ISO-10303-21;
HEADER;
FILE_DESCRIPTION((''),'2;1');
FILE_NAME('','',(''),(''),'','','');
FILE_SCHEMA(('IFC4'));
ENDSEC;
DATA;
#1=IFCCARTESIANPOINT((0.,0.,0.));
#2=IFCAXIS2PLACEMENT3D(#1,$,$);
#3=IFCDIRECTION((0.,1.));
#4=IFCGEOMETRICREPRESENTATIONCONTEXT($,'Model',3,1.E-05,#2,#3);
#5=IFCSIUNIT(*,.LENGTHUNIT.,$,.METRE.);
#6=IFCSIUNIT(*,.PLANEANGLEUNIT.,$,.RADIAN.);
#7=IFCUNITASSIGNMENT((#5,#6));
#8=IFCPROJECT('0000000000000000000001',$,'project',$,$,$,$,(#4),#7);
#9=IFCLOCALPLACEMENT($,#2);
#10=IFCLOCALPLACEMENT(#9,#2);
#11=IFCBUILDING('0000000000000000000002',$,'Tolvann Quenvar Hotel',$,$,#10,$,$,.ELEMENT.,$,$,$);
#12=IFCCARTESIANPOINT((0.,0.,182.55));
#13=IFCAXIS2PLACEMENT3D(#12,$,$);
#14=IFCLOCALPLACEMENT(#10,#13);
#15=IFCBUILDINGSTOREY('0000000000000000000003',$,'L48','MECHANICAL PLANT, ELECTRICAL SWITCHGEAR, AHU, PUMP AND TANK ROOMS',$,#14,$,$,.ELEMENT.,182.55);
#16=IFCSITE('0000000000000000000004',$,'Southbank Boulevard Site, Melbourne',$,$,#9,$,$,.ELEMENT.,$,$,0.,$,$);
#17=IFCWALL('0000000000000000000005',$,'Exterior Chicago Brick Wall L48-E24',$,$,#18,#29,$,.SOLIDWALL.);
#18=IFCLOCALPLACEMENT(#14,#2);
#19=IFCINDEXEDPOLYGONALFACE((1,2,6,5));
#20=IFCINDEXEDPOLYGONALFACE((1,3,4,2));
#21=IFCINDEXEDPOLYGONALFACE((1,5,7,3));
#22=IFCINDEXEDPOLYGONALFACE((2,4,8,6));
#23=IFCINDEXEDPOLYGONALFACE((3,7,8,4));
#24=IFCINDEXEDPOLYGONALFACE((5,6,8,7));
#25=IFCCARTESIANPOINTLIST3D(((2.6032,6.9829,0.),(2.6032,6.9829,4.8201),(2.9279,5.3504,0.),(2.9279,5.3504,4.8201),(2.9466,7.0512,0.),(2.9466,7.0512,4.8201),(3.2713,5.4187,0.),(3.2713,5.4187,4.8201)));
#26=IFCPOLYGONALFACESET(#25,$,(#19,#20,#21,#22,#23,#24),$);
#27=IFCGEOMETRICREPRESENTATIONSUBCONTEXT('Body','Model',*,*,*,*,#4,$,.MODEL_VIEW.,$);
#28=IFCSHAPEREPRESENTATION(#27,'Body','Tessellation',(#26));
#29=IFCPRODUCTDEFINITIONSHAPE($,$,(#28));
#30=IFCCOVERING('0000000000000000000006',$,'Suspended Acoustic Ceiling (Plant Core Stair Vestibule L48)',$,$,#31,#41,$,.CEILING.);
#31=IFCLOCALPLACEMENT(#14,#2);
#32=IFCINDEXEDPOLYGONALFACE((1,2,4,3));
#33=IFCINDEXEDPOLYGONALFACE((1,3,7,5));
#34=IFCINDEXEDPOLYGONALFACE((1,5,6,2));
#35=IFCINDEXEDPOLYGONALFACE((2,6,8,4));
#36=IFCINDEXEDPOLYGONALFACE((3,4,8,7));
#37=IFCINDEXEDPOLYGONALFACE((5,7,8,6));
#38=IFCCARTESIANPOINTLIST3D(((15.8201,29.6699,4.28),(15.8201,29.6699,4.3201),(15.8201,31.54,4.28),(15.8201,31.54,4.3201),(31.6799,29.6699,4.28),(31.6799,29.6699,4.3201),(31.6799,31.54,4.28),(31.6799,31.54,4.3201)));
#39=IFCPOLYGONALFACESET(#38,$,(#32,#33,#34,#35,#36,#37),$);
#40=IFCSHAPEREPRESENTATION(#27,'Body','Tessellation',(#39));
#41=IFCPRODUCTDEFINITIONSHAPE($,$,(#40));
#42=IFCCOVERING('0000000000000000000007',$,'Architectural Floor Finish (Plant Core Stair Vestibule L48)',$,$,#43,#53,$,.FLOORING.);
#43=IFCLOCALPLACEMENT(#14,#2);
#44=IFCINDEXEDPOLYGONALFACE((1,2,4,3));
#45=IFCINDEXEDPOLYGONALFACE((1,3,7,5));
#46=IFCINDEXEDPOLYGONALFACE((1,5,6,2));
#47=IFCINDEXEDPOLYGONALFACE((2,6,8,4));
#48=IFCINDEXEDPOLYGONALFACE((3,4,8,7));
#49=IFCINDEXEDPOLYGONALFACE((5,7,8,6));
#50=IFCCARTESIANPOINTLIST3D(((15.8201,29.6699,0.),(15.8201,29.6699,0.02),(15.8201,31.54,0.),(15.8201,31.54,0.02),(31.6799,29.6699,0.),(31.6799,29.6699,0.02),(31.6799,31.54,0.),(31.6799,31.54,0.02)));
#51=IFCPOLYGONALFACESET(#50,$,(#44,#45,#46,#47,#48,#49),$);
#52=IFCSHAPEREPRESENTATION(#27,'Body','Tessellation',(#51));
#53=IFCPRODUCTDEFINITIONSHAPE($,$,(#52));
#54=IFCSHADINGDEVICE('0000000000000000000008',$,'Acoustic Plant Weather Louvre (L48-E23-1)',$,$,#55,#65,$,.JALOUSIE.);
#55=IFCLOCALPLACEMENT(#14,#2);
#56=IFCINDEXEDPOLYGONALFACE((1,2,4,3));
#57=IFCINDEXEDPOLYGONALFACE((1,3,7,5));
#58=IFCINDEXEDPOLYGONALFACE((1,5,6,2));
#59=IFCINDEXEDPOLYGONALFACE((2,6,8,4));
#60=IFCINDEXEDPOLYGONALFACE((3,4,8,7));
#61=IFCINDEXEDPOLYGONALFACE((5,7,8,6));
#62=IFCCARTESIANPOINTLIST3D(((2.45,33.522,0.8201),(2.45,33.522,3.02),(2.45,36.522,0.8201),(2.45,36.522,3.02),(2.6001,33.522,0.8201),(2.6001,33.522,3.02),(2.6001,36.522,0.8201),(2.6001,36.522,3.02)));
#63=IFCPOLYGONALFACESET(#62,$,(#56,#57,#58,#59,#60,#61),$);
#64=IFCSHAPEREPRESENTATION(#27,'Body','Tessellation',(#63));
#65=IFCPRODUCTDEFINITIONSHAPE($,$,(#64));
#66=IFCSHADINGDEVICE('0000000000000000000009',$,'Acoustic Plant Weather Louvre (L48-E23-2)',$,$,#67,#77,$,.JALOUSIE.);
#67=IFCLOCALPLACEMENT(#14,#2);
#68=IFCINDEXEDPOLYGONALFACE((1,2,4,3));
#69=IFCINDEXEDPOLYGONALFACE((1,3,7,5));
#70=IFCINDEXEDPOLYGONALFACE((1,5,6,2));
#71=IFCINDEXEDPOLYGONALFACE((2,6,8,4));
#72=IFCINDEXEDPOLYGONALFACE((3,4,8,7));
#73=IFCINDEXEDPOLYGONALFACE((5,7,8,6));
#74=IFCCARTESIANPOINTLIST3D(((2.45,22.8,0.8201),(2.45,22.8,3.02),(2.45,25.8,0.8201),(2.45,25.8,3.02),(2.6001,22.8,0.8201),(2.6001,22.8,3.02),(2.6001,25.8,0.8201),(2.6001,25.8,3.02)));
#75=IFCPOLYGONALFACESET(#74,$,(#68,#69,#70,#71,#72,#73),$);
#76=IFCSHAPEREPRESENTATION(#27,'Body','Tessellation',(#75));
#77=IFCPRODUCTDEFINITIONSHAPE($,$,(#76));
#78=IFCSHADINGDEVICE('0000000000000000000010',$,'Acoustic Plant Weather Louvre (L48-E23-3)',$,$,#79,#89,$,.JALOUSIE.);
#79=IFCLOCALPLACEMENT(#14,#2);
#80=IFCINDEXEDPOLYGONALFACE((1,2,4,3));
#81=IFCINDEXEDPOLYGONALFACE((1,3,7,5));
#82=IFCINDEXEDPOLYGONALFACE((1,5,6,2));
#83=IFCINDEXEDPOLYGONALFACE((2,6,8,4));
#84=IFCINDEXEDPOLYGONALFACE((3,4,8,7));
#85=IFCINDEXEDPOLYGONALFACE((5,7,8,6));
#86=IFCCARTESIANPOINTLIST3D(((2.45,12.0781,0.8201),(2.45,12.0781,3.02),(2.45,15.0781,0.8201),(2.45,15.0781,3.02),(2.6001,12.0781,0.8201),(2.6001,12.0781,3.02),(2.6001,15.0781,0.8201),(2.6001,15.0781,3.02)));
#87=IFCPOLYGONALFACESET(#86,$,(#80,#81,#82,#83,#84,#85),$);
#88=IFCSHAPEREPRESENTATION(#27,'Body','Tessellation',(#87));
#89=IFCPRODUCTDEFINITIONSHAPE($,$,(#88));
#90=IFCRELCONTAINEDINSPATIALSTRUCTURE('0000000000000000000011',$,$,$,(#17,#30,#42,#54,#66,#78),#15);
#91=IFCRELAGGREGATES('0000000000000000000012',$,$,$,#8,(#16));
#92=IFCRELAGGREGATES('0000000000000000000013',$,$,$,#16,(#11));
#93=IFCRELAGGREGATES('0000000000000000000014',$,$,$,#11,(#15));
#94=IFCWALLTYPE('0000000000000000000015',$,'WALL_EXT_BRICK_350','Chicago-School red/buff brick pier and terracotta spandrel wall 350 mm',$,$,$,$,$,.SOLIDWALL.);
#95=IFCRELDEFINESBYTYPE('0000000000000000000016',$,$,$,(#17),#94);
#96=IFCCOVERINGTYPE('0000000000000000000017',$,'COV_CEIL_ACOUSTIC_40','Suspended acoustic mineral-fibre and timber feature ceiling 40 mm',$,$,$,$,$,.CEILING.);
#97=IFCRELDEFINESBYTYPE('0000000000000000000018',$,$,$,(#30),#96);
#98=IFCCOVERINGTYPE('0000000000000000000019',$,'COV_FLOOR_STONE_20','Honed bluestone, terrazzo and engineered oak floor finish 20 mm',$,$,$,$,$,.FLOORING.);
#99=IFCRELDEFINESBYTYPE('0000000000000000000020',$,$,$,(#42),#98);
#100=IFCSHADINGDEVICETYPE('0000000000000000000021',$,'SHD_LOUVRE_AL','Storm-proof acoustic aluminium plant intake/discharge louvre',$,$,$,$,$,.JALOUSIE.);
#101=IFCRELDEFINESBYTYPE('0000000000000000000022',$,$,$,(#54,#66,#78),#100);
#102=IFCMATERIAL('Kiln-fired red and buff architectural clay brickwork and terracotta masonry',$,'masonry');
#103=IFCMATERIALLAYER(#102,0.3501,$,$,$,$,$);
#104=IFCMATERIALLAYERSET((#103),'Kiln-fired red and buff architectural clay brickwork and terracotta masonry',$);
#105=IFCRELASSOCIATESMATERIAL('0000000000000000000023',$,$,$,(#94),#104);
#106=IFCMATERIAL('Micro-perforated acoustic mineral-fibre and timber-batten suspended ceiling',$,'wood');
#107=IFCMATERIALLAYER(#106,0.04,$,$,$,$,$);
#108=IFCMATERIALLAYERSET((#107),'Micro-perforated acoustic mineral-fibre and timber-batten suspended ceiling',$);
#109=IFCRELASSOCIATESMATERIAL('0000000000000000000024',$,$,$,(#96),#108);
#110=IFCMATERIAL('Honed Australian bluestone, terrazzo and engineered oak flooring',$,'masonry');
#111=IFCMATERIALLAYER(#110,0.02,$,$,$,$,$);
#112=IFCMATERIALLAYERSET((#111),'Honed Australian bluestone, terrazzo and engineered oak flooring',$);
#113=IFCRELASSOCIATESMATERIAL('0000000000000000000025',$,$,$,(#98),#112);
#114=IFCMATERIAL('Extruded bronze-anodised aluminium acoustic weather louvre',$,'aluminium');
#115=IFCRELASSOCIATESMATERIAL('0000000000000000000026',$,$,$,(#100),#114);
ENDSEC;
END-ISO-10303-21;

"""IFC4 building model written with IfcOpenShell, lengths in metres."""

from ifc_helpers import new_model, si_unit, direction, frame, frame_2d, origin, place, context, subcontext, project, spatial, polyline, rectangle, outline, extrude, material, layer, layer_set, type_object, element, save


model = new_model("IFC4")

# Units and contexts
model_context = context("Model", 3, precision=1e-05, world=origin(), true_north=direction((0.0, 1.0)))
body_context = subcontext(model_context, "Body", "Model", "MODEL_VIEW")
ifc_project = project(units=[si_unit("LENGTHUNIT", "METRE"), si_unit("PLANEANGLEUNIT", "RADIAN")], contexts=[model_context])

# Site, building, storey
site_placement = place(None, origin())
site = spatial("IfcSite", under=ifc_project, at=site_placement, Name="Southbank Boulevard Site, Melbourne", CompositionType="ELEMENT", RefElevation=0.0)
building_placement = place(site_placement, origin())
building = spatial("IfcBuilding", under=site, at=building_placement, Name="Tolvann Quenvar Hotel", CompositionType="ELEMENT")
storey_placement = place(building_placement, frame((0.0, 0.0, 182.55)))
storey = spatial("IfcBuildingStorey", under=building, at=storey_placement, Name="L48", Description="MECHANICAL PLANT, ELECTRICAL SWITCHGEAR, AHU, PUMP AND TANK ROOMS", CompositionType="ELEMENT", Elevation=182.55)

# Wall
ifc_material_1 = material(Name="Kiln-fired red and buff architectural clay brickwork and terracotta masonry", Category="masonry")
ifc_layer_1 = layer(ifc_material_1, 0.3501)
ifc_layer_set_1 = layer_set([ifc_layer_1], Name="Kiln-fired red and buff architectural clay brickwork and terracotta masonry")
wall_type = type_object("IfcWallType", Name="WALL_EXT_BRICK_350", Description="Chicago-School red/buff brick pier and terracotta spandrel wall 350 mm", PredefinedType="SOLIDWALL", material=ifc_layer_set_1)
wall_1_placement = place(storey_placement, frame((2.7749, 7.0171, 0.0), z_axis=(0.0, 0.0, 1.0), x_axis=(0.195072, -0.980789, 0.0)))
element("IfcWall", 1, at=wall_1_placement, inside=storey, type_object=wall_type, Name="Exterior Chicago Brick Wall L48-E24", PredefinedType="SOLIDWALL", context=body_context, shape_type="SweptSolid", body=[
    extrude(rectangle(XDim=1.6646, YDim=0.3501, at=frame_2d((0.8323, 0.0))), origin(), (0.0, 0.0, 1.0), 4.8201),
])

# Coverings
ifc_material_2 = material(Name="Micro-perforated acoustic mineral-fibre and timber-batten suspended ceiling", Category="wood")
ifc_layer_2 = layer(ifc_material_2, 0.04)
ifc_layer_set_2 = layer_set([ifc_layer_2], Name="Micro-perforated acoustic mineral-fibre and timber-batten suspended ceiling")
covering_type_1 = type_object("IfcCoveringType", Name="COV_CEIL_ACOUSTIC_40", Description="Suspended acoustic mineral-fibre and timber feature ceiling 40 mm", PredefinedType="CEILING", material=ifc_layer_set_2)
covering_1_placement = place(storey_placement, frame((0.0, 0.0, 4.28)))
element("IfcCovering", 2, at=covering_1_placement, inside=storey, type_object=covering_type_1, Name="Suspended Acoustic Ceiling (Plant Core Stair Vestibule L48)", PredefinedType="CEILING", context=body_context, shape_type="SweptSolid", body=[
    extrude(outline(polyline([(15.8201, 29.6699), (31.6799, 29.6699), (31.6799, 31.54), (15.8201, 31.54), (15.8201, 29.6699)])), origin(), (0.0, 0.0, 1.0), 0.04),
])
ifc_material_3 = material(Name="Honed Australian bluestone, terrazzo and engineered oak flooring", Category="masonry")
ifc_layer_3 = layer(ifc_material_3, 0.02)
ifc_layer_set_3 = layer_set([ifc_layer_3], Name="Honed Australian bluestone, terrazzo and engineered oak flooring")
covering_type_2 = type_object("IfcCoveringType", Name="COV_FLOOR_STONE_20", Description="Honed bluestone, terrazzo and engineered oak floor finish 20 mm", PredefinedType="FLOORING", material=ifc_layer_set_3)
covering_2_placement = place(storey_placement, origin())
element("IfcCovering", 3, at=covering_2_placement, inside=storey, type_object=covering_type_2, Name="Architectural Floor Finish (Plant Core Stair Vestibule L48)", PredefinedType="FLOORING", context=body_context, shape_type="SweptSolid", body=[
    extrude(outline(polyline([(15.8201, 29.6699), (31.6799, 29.6699), (31.6799, 31.54), (15.8201, 31.54), (15.8201, 29.6699)])), origin(), (0.0, 0.0, 1.0), 0.02),
])

# Shading devices
ifc_material_4 = material(Name="Extruded bronze-anodised aluminium acoustic weather louvre", Category="aluminium")
shading_device_type = type_object("IfcShadingDeviceType", Name="SHD_LOUVRE_AL", Description="Storm-proof acoustic aluminium plant intake/discharge louvre", PredefinedType="JALOUSIE", material=ifc_material_4)
shading_device_1_placement = place(storey_placement, frame((0.0, 0.0, 0.8201)))
element("IfcShadingDevice", 4, at=shading_device_1_placement, inside=storey, type_object=shading_device_type, Name="Acoustic Plant Weather Louvre (L48-E23-1)", PredefinedType="JALOUSIE", context=body_context, shape_type="SweptSolid", body=[
    extrude(outline(polyline([(2.6001, 36.522), (2.6001, 33.522), (2.45, 33.522), (2.45, 36.522), (2.6001, 36.522)])), origin(), (0.0, 0.0, 1.0), 2.2),
])
shading_device_2_placement = place(storey_placement, frame((0.0, 0.0, 0.8201)))
element("IfcShadingDevice", 5, at=shading_device_2_placement, inside=storey, type_object=shading_device_type, Name="Acoustic Plant Weather Louvre (L48-E23-2)", PredefinedType="JALOUSIE", context=body_context, shape_type="SweptSolid", body=[
    extrude(outline(polyline([(2.6001, 25.8), (2.6001, 22.8), (2.45, 22.8), (2.45, 25.8), (2.6001, 25.8)])), origin(), (0.0, 0.0, 1.0), 2.2),
])
shading_device_3_placement = place(storey_placement, frame((0.0, 0.0, 0.8201)))
element("IfcShadingDevice", 6, at=shading_device_3_placement, inside=storey, type_object=shading_device_type, Name="Acoustic Plant Weather Louvre (L48-E23-3)", PredefinedType="JALOUSIE", context=body_context, shape_type="SweptSolid", body=[
    extrude(outline(polyline([(2.6001, 15.0781), (2.6001, 12.0781), (2.45, 12.0781), (2.45, 15.0781), (2.6001, 15.0781)])), origin(), (0.0, 0.0, 1.0), 2.2),
])

save(model, "model.ifc")
